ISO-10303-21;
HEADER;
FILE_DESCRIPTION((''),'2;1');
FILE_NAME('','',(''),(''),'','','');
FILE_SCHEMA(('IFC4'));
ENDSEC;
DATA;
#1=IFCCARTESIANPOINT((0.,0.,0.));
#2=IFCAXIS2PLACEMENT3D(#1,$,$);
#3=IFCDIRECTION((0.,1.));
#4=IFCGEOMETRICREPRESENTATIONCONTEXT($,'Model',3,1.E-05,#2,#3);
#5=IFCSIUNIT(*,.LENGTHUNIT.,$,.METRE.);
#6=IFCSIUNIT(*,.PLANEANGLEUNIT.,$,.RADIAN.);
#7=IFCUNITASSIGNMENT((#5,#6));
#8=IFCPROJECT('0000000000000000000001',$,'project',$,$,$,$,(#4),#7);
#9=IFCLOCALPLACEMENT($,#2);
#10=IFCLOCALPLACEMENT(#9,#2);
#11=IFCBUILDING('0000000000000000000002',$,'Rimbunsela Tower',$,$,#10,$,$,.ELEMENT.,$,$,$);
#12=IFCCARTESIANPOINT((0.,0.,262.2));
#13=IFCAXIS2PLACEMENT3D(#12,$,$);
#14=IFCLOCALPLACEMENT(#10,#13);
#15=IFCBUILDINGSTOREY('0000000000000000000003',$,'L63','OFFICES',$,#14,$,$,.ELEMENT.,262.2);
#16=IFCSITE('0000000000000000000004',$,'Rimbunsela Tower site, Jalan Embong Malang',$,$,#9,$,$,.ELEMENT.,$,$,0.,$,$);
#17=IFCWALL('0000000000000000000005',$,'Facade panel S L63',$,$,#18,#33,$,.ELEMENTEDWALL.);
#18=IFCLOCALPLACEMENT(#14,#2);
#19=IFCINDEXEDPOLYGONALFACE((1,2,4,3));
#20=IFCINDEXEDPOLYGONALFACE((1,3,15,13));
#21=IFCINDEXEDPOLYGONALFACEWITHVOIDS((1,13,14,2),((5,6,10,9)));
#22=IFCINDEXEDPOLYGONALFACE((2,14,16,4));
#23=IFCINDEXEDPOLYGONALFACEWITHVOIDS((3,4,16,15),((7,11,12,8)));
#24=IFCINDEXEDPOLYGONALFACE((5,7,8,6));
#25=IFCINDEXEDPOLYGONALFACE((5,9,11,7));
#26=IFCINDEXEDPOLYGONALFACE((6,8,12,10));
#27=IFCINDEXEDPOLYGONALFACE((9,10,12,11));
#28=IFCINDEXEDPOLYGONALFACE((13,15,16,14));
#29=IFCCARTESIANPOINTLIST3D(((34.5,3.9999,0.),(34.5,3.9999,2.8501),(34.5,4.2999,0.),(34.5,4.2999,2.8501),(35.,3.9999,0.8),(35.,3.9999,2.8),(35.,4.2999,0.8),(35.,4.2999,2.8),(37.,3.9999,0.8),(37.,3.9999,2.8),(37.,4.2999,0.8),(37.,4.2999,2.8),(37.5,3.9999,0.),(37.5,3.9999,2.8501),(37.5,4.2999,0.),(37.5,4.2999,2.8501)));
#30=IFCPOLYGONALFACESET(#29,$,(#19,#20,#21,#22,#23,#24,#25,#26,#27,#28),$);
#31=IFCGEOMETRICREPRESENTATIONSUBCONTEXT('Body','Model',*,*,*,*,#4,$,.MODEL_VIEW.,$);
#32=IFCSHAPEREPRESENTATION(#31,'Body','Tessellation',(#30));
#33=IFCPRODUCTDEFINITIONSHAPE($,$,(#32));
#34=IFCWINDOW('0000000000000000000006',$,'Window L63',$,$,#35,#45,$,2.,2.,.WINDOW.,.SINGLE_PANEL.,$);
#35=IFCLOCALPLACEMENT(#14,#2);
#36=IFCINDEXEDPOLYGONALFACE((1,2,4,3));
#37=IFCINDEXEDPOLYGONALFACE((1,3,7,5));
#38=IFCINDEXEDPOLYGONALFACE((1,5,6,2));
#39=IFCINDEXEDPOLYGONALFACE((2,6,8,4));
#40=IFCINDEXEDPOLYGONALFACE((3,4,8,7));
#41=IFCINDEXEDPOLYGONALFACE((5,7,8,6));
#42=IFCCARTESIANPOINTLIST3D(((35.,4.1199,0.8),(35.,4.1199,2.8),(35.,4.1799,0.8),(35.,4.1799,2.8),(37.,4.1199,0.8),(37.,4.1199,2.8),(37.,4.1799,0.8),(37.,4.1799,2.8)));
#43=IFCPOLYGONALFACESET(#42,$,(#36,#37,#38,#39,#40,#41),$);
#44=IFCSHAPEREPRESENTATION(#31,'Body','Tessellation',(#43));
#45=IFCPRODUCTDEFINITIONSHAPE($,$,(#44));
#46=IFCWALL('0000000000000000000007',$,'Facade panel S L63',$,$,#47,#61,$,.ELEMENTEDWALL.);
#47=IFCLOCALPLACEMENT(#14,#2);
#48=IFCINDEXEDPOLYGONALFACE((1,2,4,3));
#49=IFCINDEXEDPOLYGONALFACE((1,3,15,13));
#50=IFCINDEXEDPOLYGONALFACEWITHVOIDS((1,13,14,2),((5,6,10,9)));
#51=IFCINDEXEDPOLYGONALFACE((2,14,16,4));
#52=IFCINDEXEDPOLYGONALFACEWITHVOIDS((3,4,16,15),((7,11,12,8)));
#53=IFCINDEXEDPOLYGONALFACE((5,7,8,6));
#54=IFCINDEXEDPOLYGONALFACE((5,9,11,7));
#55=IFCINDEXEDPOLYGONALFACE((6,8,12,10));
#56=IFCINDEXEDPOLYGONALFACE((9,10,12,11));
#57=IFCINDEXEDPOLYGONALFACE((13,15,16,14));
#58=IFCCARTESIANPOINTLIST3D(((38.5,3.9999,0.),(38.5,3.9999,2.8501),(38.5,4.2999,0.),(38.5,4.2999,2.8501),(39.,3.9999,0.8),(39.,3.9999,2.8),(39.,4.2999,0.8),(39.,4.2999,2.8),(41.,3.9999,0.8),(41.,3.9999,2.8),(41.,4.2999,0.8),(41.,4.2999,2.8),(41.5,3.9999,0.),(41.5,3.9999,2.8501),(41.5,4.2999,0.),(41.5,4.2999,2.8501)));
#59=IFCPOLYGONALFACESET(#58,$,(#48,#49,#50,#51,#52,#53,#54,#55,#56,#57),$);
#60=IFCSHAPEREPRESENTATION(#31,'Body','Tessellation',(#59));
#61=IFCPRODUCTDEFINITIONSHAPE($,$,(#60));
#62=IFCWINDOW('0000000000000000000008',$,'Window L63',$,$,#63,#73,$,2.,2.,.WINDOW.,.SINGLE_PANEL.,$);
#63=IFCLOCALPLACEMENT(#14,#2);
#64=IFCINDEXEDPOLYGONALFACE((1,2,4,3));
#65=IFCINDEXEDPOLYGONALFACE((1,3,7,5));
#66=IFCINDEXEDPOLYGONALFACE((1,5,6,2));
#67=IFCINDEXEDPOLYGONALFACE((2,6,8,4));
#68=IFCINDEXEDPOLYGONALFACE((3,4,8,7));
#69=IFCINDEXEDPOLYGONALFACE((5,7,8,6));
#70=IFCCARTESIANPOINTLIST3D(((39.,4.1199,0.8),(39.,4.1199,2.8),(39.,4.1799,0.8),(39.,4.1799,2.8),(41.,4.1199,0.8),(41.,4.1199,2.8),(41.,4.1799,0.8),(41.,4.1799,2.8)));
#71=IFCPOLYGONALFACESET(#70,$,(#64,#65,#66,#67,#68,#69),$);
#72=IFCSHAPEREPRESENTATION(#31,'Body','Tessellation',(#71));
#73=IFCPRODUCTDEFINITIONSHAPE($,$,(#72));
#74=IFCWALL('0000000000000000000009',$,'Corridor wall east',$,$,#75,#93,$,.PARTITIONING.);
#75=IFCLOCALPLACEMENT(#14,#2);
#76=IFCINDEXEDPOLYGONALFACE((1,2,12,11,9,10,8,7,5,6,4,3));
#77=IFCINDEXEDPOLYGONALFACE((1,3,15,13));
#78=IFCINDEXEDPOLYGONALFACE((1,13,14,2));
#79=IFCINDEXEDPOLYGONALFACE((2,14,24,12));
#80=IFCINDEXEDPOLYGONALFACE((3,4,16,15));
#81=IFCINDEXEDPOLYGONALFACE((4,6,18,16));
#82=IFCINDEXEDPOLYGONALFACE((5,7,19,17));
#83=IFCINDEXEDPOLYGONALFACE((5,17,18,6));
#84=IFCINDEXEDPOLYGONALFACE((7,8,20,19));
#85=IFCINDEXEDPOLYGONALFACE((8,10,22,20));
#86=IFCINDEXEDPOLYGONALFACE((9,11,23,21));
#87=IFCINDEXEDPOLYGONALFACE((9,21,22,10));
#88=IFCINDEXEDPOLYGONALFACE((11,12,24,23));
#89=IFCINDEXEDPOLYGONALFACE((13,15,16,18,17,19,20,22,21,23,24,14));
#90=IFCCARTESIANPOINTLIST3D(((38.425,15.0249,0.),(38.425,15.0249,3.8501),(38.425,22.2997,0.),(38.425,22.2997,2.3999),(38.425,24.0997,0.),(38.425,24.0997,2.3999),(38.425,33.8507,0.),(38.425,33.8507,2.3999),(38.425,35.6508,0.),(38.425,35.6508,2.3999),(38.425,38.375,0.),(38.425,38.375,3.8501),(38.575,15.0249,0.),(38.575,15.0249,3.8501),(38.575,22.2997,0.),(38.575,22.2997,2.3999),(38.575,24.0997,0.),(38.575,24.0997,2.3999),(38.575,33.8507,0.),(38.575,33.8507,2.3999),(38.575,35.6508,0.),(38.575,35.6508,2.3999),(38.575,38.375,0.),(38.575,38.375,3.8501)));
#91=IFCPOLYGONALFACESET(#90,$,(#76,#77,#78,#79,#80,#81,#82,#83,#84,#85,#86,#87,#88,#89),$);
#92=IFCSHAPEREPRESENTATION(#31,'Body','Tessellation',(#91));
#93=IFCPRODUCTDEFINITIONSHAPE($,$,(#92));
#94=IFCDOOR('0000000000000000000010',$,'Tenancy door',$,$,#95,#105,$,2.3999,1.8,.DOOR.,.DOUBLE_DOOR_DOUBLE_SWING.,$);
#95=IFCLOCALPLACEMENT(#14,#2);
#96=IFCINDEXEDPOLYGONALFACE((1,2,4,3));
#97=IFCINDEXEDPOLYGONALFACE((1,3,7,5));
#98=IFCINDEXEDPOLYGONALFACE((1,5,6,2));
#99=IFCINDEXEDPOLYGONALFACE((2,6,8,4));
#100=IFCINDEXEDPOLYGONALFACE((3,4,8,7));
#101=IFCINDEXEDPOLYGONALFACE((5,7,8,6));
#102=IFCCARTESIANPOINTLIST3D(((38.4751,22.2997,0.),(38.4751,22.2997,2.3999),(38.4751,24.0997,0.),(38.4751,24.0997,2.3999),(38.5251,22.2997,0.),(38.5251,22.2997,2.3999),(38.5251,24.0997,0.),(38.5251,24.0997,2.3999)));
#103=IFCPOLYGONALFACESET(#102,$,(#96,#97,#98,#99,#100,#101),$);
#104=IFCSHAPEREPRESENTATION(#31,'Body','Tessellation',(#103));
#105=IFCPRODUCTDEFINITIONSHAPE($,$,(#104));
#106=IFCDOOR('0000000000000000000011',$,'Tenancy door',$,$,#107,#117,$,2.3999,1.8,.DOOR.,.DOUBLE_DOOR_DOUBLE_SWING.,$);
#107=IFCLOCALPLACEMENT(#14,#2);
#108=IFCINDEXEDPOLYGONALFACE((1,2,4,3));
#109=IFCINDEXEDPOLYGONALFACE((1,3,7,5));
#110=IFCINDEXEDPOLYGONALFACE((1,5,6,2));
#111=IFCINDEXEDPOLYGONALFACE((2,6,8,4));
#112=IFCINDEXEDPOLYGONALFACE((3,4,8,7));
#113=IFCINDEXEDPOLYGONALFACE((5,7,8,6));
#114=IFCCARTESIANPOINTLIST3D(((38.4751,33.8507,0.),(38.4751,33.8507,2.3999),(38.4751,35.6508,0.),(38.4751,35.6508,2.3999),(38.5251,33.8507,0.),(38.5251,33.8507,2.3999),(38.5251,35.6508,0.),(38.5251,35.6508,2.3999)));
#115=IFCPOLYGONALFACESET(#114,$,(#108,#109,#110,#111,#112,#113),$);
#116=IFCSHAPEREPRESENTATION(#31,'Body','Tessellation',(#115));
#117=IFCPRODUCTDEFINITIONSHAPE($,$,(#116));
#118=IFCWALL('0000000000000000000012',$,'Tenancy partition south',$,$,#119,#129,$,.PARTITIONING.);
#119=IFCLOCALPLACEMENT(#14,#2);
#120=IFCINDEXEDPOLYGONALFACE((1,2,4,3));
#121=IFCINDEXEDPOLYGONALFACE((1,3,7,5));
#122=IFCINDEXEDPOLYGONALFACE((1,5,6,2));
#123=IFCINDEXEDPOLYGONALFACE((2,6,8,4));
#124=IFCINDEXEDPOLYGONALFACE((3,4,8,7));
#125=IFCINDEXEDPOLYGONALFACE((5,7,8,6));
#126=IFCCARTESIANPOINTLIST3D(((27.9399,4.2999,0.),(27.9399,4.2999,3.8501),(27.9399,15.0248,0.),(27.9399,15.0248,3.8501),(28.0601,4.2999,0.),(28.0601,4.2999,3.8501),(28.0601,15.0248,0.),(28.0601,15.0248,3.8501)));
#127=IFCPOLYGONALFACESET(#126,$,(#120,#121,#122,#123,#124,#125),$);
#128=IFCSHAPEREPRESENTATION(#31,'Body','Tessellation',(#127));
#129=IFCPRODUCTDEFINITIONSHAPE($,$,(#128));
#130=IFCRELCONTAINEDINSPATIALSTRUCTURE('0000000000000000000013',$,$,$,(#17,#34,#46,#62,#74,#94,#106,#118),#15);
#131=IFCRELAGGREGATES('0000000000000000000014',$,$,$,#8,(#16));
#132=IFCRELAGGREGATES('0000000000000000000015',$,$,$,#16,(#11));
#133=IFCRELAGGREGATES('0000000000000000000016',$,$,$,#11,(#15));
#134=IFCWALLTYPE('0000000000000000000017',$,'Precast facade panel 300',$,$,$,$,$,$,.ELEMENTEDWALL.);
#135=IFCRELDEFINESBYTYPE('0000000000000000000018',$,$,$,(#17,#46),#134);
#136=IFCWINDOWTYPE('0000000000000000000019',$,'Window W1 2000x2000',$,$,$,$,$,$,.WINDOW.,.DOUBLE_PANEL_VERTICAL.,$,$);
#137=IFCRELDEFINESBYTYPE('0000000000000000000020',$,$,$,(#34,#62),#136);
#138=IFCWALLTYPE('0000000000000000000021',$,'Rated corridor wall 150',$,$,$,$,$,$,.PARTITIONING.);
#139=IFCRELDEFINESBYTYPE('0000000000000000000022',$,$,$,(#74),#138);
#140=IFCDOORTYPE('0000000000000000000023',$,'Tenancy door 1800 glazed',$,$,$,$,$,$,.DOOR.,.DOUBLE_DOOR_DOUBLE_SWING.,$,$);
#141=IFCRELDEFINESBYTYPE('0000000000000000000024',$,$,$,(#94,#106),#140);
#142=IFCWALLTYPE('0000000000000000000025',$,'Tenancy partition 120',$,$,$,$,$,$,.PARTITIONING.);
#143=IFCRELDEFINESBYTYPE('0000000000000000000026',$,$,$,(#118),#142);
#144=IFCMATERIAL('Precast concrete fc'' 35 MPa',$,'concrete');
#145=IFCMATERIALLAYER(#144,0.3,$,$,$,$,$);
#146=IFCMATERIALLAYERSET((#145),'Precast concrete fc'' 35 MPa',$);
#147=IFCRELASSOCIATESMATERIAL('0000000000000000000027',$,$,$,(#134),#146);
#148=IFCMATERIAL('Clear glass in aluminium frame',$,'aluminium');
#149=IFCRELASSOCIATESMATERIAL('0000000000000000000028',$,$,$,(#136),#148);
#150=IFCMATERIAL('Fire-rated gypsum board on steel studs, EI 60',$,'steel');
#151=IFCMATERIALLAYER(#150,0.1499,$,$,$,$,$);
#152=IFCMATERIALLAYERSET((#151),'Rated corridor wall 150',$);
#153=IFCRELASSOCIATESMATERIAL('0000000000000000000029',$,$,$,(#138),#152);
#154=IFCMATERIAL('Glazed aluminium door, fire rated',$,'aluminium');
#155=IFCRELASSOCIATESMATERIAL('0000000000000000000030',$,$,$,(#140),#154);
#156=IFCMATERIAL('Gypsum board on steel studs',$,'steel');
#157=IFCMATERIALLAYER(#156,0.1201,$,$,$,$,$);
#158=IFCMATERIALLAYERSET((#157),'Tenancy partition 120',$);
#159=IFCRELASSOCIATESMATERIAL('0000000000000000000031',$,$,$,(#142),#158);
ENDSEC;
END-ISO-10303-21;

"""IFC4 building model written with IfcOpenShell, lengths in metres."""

from ifc_helpers import new_model, si_unit, direction, frame, frame_2d, origin, place, context, subcontext, project, spatial, rectangle, extrude, material, layer, layer_set, type_object, element, fill, save


model = new_model("IFC4")

# Units and contexts
model_context = context("Model", 3, precision=1e-05, world=origin(), true_north=direction((0.0, 1.0)))
body_context = subcontext(model_context, "Body", "Model", "MODEL_VIEW")
ifc_project = project(units=[si_unit("LENGTHUNIT", "METRE"), si_unit("PLANEANGLEUNIT", "RADIAN")], contexts=[model_context])

# Site, building, storey
site_placement = place(None, origin())
site = spatial("IfcSite", under=ifc_project, at=site_placement, Name="Rimbunsela Tower site, Jalan Embong Malang", CompositionType="ELEMENT", RefElevation=0.0)
building_placement = place(site_placement, origin())
building = spatial("IfcBuilding", under=site, at=building_placement, Name="Rimbunsela Tower", CompositionType="ELEMENT")
storey_placement = place(building_placement, frame((0.0, 0.0, 262.2)))
storey = spatial("IfcBuildingStorey", under=building, at=storey_placement, Name="L63", Description="OFFICES", CompositionType="ELEMENT", Elevation=262.2)

# Walls, openings, windows
ifc_material_1 = material(Name="Precast concrete fc' 35 MPa", Category="concrete")
ifc_layer_1 = layer(ifc_material_1, 0.3)
ifc_layer_set_1 = layer_set([ifc_layer_1], Name="Precast concrete fc' 35 MPa")
wall_type_1 = type_object("IfcWallType", Name="Precast facade panel 300", PredefinedType="ELEMENTEDWALL", material=ifc_layer_set_1)
wall_1_placement = place(storey_placement, frame((34.5, 4.1499, 0.0), z_axis=(0.0, 0.0, 1.0), x_axis=(1.0, 0.0, 0.0)))
wall_1 = element("IfcWall", 1, at=wall_1_placement, inside=storey, type_object=wall_type_1, Name="Facade panel S L63", PredefinedType="ELEMENTEDWALL", context=body_context, shape_type="SweptSolid", body=[
    extrude(rectangle(XDim=3.0, YDim=0.3, at=frame_2d((1.5, 0.0))), origin(), (0.0, 0.0, 1.0), 2.8501),
])
opening_1_placement = place(wall_1_placement, frame((0.5, 0.0, 0.8)))
opening_1 = element("IfcOpeningElement", 2, at=opening_1_placement, cuts=wall_1, PredefinedType="OPENING", context=body_context, shape_type="SweptSolid", body=[
    extrude(rectangle(XDim=2.0, YDim=2.0, at=frame_2d((1.0, 1.0))), frame((0.0, 0.1599, 0.0), z_axis=(0.0, -1.0, 0.0), x_axis=(1.0, 0.0, 0.0)), (0.0, 0.0, 1.0), 0.3201),
])
ifc_material_2 = material(Name="Clear glass in aluminium frame", Category="aluminium")
window_type = type_object("IfcWindowType", Name="Window W1 2000x2000", PartitioningType="DOUBLE_PANEL_VERTICAL", PredefinedType="WINDOW", material=ifc_material_2)
window_1_placement = place(opening_1_placement, origin())
window_1 = element("IfcWindow", 3, at=window_1_placement, inside=storey, type_object=window_type, Name="Window L63", OverallHeight=2.0, OverallWidth=2.0, PartitioningType="SINGLE_PANEL", PredefinedType="WINDOW", context=body_context, shape_type="SweptSolid", body=[
    extrude(rectangle(XDim=2.0, YDim=2.0, at=frame_2d((1.0, 1.0))), frame((0.0, 0.03, 0.0), z_axis=(0.0, -1.0, 0.0), x_axis=(1.0, 0.0, 0.0)), (0.0, 0.0, 1.0), 0.0601),
])
fill(opening_1, window_1)
wall_2_placement = place(storey_placement, frame((38.5, 4.1499, 0.0), z_axis=(0.0, 0.0, 1.0), x_axis=(1.0, 0.0, 0.0)))
wall_2 = element("IfcWall", 4, at=wall_2_placement, inside=storey, type_object=wall_type_1, Name="Facade panel S L63", PredefinedType="ELEMENTEDWALL", context=body_context, shape_type="SweptSolid", body=[
    extrude(rectangle(XDim=3.0, YDim=0.3, at=frame_2d((1.5, 0.0))), origin(), (0.0, 0.0, 1.0), 2.8501),
])
opening_2_placement = place(wall_2_placement, frame((0.5, 0.0, 0.8)))
opening_2 = element("IfcOpeningElement", 5, at=opening_2_placement, cuts=wall_2, PredefinedType="OPENING", context=body_context, shape_type="SweptSolid", body=[
    extrude(rectangle(XDim=2.0, YDim=2.0, at=frame_2d((1.0, 1.0))), frame((0.0, 0.1599, 0.0), z_axis=(0.0, -1.0, 0.0), x_axis=(1.0, 0.0, 0.0)), (0.0, 0.0, 1.0), 0.3201),
])
window_2_placement = place(opening_2_placement, origin())
window_2 = element("IfcWindow", 6, at=window_2_placement, inside=storey, type_object=window_type, Name="Window L63", OverallHeight=2.0, OverallWidth=2.0, PartitioningType="SINGLE_PANEL", PredefinedType="WINDOW", context=body_context, shape_type="SweptSolid", body=[
    extrude(rectangle(XDim=2.0, YDim=2.0, at=frame_2d((1.0, 1.0))), frame((0.0, 0.03, 0.0), z_axis=(0.0, -1.0, 0.0), x_axis=(1.0, 0.0, 0.0)), (0.0, 0.0, 1.0), 0.0601),
])
fill(opening_2, window_2)

# Wall, openings, doors
ifc_material_3 = material(Name="Fire-rated gypsum board on steel studs, EI 60", Category="steel")
ifc_layer_2 = layer(ifc_material_3, 0.1499)
ifc_layer_set_2 = layer_set([ifc_layer_2], Name="Rated corridor wall 150")
wall_type_2 = type_object("IfcWallType", Name="Rated corridor wall 150", PredefinedType="PARTITIONING", material=ifc_layer_set_2)
wall_3_placement = place(storey_placement, frame((38.5, 15.0249, 0.0), z_axis=(0.0, 0.0, 1.0), x_axis=(0.0, 1.0, 0.0)))
wall_3 = element("IfcWall", 7, at=wall_3_placement, inside=storey, type_object=wall_type_2, Name="Corridor wall east", PredefinedType="PARTITIONING", context=body_context, shape_type="SweptSolid", body=[
    extrude(rectangle(XDim=23.3501, YDim=0.1499, at=frame_2d((11.675, 0.0))), origin(), (0.0, 0.0, 1.0), 3.8501),
])
opening_3_placement = place(wall_3_placement, frame((7.2749, 0.0, 0.0)))
opening_3 = element("IfcOpeningElement", 8, at=opening_3_placement, cuts=wall_3, PredefinedType="OPENING", context=body_context, shape_type="SweptSolid", body=[
    extrude(rectangle(XDim=1.8, YDim=2.3999, at=frame_2d((0.8999, 1.2))), frame((0.0, 0.085, 0.0), z_axis=(0.0, -1.0, 0.0), x_axis=(1.0, 0.0, 0.0)), (0.0, 0.0, 1.0), 0.1699),
])
opening_4_placement = place(wall_3_placement, frame((18.8259, 0.0, 0.0)))
opening_4 = element("IfcOpeningElement", 9, at=opening_4_placement, cuts=wall_3, PredefinedType="OPENING", context=body_context, shape_type="SweptSolid", body=[
    extrude(rectangle(XDim=1.8, YDim=2.3999, at=frame_2d((0.8999, 1.2))), frame((0.0, 0.085, 0.0), z_axis=(0.0, -1.0, 0.0), x_axis=(1.0, 0.0, 0.0)), (0.0, 0.0, 1.0), 0.1699),
])
ifc_material_4 = material(Name="Glazed aluminium door, fire rated", Category="aluminium")
door_type_1 = type_object("IfcDoorType", Name="Tenancy door 1800 glazed", OperationType="DOUBLE_DOOR_DOUBLE_SWING", PredefinedType="DOOR", material=ifc_material_4)
door_1_placement = place(opening_3_placement, origin())
door_1 = element("IfcDoor", 10, at=door_1_placement, inside=storey, type_object=door_type_1, Name="Tenancy door", OperationType="DOUBLE_DOOR_DOUBLE_SWING", OverallHeight=2.3999, OverallWidth=1.8, PredefinedType="DOOR", context=body_context, shape_type="SweptSolid", body=[
    extrude(rectangle(XDim=1.8, YDim=2.3999, at=frame_2d((0.8999, 1.2))), frame((0.0, 0.0249, 0.0), z_axis=(0.0, -1.0, 0.0), x_axis=(1.0, 0.0, 0.0)), (0.0, 0.0, 1.0), 0.05),
])
fill(opening_3, door_1)
door_2_placement = place(opening_4_placement, origin())
door_2 = element("IfcDoor", 11, at=door_2_placement, inside=storey, type_object=door_type_1, Name="Tenancy door", OperationType="DOUBLE_DOOR_DOUBLE_SWING", OverallHeight=2.3999, OverallWidth=1.8, PredefinedType="DOOR", context=body_context, shape_type="SweptSolid", body=[
    extrude(rectangle(XDim=1.8, YDim=2.3999, at=frame_2d((0.8999, 1.2))), frame((0.0, 0.0249, 0.0), z_axis=(0.0, -1.0, 0.0), x_axis=(1.0, 0.0, 0.0)), (0.0, 0.0, 1.0), 0.05),
])
fill(opening_4, door_2)

# Wall
ifc_material_5 = material(Name="Gypsum board on steel studs", Category="steel")
ifc_layer_3 = layer(ifc_material_5, 0.1201)
ifc_layer_set_3 = layer_set([ifc_layer_3], Name="Tenancy partition 120")
wall_type_3 = type_object("IfcWallType", Name="Tenancy partition 120", PredefinedType="PARTITIONING", material=ifc_layer_set_3)
wall_4_placement = place(storey_placement, frame((28.0, 4.3, 0.0), z_axis=(0.0, 0.0, 1.0), x_axis=(0.0, 1.0, 0.0)))
element("IfcWall", 12, at=wall_4_placement, inside=storey, type_object=wall_type_3, Name="Tenancy partition south", PredefinedType="PARTITIONING", context=body_context, shape_type="SweptSolid", body=[
    extrude(rectangle(XDim=10.7249, YDim=0.1201, at=frame_2d((5.3623, 0.0))), origin(), (0.0, 0.0, 1.0), 3.8501),
])

save(model, "model.ifc")
